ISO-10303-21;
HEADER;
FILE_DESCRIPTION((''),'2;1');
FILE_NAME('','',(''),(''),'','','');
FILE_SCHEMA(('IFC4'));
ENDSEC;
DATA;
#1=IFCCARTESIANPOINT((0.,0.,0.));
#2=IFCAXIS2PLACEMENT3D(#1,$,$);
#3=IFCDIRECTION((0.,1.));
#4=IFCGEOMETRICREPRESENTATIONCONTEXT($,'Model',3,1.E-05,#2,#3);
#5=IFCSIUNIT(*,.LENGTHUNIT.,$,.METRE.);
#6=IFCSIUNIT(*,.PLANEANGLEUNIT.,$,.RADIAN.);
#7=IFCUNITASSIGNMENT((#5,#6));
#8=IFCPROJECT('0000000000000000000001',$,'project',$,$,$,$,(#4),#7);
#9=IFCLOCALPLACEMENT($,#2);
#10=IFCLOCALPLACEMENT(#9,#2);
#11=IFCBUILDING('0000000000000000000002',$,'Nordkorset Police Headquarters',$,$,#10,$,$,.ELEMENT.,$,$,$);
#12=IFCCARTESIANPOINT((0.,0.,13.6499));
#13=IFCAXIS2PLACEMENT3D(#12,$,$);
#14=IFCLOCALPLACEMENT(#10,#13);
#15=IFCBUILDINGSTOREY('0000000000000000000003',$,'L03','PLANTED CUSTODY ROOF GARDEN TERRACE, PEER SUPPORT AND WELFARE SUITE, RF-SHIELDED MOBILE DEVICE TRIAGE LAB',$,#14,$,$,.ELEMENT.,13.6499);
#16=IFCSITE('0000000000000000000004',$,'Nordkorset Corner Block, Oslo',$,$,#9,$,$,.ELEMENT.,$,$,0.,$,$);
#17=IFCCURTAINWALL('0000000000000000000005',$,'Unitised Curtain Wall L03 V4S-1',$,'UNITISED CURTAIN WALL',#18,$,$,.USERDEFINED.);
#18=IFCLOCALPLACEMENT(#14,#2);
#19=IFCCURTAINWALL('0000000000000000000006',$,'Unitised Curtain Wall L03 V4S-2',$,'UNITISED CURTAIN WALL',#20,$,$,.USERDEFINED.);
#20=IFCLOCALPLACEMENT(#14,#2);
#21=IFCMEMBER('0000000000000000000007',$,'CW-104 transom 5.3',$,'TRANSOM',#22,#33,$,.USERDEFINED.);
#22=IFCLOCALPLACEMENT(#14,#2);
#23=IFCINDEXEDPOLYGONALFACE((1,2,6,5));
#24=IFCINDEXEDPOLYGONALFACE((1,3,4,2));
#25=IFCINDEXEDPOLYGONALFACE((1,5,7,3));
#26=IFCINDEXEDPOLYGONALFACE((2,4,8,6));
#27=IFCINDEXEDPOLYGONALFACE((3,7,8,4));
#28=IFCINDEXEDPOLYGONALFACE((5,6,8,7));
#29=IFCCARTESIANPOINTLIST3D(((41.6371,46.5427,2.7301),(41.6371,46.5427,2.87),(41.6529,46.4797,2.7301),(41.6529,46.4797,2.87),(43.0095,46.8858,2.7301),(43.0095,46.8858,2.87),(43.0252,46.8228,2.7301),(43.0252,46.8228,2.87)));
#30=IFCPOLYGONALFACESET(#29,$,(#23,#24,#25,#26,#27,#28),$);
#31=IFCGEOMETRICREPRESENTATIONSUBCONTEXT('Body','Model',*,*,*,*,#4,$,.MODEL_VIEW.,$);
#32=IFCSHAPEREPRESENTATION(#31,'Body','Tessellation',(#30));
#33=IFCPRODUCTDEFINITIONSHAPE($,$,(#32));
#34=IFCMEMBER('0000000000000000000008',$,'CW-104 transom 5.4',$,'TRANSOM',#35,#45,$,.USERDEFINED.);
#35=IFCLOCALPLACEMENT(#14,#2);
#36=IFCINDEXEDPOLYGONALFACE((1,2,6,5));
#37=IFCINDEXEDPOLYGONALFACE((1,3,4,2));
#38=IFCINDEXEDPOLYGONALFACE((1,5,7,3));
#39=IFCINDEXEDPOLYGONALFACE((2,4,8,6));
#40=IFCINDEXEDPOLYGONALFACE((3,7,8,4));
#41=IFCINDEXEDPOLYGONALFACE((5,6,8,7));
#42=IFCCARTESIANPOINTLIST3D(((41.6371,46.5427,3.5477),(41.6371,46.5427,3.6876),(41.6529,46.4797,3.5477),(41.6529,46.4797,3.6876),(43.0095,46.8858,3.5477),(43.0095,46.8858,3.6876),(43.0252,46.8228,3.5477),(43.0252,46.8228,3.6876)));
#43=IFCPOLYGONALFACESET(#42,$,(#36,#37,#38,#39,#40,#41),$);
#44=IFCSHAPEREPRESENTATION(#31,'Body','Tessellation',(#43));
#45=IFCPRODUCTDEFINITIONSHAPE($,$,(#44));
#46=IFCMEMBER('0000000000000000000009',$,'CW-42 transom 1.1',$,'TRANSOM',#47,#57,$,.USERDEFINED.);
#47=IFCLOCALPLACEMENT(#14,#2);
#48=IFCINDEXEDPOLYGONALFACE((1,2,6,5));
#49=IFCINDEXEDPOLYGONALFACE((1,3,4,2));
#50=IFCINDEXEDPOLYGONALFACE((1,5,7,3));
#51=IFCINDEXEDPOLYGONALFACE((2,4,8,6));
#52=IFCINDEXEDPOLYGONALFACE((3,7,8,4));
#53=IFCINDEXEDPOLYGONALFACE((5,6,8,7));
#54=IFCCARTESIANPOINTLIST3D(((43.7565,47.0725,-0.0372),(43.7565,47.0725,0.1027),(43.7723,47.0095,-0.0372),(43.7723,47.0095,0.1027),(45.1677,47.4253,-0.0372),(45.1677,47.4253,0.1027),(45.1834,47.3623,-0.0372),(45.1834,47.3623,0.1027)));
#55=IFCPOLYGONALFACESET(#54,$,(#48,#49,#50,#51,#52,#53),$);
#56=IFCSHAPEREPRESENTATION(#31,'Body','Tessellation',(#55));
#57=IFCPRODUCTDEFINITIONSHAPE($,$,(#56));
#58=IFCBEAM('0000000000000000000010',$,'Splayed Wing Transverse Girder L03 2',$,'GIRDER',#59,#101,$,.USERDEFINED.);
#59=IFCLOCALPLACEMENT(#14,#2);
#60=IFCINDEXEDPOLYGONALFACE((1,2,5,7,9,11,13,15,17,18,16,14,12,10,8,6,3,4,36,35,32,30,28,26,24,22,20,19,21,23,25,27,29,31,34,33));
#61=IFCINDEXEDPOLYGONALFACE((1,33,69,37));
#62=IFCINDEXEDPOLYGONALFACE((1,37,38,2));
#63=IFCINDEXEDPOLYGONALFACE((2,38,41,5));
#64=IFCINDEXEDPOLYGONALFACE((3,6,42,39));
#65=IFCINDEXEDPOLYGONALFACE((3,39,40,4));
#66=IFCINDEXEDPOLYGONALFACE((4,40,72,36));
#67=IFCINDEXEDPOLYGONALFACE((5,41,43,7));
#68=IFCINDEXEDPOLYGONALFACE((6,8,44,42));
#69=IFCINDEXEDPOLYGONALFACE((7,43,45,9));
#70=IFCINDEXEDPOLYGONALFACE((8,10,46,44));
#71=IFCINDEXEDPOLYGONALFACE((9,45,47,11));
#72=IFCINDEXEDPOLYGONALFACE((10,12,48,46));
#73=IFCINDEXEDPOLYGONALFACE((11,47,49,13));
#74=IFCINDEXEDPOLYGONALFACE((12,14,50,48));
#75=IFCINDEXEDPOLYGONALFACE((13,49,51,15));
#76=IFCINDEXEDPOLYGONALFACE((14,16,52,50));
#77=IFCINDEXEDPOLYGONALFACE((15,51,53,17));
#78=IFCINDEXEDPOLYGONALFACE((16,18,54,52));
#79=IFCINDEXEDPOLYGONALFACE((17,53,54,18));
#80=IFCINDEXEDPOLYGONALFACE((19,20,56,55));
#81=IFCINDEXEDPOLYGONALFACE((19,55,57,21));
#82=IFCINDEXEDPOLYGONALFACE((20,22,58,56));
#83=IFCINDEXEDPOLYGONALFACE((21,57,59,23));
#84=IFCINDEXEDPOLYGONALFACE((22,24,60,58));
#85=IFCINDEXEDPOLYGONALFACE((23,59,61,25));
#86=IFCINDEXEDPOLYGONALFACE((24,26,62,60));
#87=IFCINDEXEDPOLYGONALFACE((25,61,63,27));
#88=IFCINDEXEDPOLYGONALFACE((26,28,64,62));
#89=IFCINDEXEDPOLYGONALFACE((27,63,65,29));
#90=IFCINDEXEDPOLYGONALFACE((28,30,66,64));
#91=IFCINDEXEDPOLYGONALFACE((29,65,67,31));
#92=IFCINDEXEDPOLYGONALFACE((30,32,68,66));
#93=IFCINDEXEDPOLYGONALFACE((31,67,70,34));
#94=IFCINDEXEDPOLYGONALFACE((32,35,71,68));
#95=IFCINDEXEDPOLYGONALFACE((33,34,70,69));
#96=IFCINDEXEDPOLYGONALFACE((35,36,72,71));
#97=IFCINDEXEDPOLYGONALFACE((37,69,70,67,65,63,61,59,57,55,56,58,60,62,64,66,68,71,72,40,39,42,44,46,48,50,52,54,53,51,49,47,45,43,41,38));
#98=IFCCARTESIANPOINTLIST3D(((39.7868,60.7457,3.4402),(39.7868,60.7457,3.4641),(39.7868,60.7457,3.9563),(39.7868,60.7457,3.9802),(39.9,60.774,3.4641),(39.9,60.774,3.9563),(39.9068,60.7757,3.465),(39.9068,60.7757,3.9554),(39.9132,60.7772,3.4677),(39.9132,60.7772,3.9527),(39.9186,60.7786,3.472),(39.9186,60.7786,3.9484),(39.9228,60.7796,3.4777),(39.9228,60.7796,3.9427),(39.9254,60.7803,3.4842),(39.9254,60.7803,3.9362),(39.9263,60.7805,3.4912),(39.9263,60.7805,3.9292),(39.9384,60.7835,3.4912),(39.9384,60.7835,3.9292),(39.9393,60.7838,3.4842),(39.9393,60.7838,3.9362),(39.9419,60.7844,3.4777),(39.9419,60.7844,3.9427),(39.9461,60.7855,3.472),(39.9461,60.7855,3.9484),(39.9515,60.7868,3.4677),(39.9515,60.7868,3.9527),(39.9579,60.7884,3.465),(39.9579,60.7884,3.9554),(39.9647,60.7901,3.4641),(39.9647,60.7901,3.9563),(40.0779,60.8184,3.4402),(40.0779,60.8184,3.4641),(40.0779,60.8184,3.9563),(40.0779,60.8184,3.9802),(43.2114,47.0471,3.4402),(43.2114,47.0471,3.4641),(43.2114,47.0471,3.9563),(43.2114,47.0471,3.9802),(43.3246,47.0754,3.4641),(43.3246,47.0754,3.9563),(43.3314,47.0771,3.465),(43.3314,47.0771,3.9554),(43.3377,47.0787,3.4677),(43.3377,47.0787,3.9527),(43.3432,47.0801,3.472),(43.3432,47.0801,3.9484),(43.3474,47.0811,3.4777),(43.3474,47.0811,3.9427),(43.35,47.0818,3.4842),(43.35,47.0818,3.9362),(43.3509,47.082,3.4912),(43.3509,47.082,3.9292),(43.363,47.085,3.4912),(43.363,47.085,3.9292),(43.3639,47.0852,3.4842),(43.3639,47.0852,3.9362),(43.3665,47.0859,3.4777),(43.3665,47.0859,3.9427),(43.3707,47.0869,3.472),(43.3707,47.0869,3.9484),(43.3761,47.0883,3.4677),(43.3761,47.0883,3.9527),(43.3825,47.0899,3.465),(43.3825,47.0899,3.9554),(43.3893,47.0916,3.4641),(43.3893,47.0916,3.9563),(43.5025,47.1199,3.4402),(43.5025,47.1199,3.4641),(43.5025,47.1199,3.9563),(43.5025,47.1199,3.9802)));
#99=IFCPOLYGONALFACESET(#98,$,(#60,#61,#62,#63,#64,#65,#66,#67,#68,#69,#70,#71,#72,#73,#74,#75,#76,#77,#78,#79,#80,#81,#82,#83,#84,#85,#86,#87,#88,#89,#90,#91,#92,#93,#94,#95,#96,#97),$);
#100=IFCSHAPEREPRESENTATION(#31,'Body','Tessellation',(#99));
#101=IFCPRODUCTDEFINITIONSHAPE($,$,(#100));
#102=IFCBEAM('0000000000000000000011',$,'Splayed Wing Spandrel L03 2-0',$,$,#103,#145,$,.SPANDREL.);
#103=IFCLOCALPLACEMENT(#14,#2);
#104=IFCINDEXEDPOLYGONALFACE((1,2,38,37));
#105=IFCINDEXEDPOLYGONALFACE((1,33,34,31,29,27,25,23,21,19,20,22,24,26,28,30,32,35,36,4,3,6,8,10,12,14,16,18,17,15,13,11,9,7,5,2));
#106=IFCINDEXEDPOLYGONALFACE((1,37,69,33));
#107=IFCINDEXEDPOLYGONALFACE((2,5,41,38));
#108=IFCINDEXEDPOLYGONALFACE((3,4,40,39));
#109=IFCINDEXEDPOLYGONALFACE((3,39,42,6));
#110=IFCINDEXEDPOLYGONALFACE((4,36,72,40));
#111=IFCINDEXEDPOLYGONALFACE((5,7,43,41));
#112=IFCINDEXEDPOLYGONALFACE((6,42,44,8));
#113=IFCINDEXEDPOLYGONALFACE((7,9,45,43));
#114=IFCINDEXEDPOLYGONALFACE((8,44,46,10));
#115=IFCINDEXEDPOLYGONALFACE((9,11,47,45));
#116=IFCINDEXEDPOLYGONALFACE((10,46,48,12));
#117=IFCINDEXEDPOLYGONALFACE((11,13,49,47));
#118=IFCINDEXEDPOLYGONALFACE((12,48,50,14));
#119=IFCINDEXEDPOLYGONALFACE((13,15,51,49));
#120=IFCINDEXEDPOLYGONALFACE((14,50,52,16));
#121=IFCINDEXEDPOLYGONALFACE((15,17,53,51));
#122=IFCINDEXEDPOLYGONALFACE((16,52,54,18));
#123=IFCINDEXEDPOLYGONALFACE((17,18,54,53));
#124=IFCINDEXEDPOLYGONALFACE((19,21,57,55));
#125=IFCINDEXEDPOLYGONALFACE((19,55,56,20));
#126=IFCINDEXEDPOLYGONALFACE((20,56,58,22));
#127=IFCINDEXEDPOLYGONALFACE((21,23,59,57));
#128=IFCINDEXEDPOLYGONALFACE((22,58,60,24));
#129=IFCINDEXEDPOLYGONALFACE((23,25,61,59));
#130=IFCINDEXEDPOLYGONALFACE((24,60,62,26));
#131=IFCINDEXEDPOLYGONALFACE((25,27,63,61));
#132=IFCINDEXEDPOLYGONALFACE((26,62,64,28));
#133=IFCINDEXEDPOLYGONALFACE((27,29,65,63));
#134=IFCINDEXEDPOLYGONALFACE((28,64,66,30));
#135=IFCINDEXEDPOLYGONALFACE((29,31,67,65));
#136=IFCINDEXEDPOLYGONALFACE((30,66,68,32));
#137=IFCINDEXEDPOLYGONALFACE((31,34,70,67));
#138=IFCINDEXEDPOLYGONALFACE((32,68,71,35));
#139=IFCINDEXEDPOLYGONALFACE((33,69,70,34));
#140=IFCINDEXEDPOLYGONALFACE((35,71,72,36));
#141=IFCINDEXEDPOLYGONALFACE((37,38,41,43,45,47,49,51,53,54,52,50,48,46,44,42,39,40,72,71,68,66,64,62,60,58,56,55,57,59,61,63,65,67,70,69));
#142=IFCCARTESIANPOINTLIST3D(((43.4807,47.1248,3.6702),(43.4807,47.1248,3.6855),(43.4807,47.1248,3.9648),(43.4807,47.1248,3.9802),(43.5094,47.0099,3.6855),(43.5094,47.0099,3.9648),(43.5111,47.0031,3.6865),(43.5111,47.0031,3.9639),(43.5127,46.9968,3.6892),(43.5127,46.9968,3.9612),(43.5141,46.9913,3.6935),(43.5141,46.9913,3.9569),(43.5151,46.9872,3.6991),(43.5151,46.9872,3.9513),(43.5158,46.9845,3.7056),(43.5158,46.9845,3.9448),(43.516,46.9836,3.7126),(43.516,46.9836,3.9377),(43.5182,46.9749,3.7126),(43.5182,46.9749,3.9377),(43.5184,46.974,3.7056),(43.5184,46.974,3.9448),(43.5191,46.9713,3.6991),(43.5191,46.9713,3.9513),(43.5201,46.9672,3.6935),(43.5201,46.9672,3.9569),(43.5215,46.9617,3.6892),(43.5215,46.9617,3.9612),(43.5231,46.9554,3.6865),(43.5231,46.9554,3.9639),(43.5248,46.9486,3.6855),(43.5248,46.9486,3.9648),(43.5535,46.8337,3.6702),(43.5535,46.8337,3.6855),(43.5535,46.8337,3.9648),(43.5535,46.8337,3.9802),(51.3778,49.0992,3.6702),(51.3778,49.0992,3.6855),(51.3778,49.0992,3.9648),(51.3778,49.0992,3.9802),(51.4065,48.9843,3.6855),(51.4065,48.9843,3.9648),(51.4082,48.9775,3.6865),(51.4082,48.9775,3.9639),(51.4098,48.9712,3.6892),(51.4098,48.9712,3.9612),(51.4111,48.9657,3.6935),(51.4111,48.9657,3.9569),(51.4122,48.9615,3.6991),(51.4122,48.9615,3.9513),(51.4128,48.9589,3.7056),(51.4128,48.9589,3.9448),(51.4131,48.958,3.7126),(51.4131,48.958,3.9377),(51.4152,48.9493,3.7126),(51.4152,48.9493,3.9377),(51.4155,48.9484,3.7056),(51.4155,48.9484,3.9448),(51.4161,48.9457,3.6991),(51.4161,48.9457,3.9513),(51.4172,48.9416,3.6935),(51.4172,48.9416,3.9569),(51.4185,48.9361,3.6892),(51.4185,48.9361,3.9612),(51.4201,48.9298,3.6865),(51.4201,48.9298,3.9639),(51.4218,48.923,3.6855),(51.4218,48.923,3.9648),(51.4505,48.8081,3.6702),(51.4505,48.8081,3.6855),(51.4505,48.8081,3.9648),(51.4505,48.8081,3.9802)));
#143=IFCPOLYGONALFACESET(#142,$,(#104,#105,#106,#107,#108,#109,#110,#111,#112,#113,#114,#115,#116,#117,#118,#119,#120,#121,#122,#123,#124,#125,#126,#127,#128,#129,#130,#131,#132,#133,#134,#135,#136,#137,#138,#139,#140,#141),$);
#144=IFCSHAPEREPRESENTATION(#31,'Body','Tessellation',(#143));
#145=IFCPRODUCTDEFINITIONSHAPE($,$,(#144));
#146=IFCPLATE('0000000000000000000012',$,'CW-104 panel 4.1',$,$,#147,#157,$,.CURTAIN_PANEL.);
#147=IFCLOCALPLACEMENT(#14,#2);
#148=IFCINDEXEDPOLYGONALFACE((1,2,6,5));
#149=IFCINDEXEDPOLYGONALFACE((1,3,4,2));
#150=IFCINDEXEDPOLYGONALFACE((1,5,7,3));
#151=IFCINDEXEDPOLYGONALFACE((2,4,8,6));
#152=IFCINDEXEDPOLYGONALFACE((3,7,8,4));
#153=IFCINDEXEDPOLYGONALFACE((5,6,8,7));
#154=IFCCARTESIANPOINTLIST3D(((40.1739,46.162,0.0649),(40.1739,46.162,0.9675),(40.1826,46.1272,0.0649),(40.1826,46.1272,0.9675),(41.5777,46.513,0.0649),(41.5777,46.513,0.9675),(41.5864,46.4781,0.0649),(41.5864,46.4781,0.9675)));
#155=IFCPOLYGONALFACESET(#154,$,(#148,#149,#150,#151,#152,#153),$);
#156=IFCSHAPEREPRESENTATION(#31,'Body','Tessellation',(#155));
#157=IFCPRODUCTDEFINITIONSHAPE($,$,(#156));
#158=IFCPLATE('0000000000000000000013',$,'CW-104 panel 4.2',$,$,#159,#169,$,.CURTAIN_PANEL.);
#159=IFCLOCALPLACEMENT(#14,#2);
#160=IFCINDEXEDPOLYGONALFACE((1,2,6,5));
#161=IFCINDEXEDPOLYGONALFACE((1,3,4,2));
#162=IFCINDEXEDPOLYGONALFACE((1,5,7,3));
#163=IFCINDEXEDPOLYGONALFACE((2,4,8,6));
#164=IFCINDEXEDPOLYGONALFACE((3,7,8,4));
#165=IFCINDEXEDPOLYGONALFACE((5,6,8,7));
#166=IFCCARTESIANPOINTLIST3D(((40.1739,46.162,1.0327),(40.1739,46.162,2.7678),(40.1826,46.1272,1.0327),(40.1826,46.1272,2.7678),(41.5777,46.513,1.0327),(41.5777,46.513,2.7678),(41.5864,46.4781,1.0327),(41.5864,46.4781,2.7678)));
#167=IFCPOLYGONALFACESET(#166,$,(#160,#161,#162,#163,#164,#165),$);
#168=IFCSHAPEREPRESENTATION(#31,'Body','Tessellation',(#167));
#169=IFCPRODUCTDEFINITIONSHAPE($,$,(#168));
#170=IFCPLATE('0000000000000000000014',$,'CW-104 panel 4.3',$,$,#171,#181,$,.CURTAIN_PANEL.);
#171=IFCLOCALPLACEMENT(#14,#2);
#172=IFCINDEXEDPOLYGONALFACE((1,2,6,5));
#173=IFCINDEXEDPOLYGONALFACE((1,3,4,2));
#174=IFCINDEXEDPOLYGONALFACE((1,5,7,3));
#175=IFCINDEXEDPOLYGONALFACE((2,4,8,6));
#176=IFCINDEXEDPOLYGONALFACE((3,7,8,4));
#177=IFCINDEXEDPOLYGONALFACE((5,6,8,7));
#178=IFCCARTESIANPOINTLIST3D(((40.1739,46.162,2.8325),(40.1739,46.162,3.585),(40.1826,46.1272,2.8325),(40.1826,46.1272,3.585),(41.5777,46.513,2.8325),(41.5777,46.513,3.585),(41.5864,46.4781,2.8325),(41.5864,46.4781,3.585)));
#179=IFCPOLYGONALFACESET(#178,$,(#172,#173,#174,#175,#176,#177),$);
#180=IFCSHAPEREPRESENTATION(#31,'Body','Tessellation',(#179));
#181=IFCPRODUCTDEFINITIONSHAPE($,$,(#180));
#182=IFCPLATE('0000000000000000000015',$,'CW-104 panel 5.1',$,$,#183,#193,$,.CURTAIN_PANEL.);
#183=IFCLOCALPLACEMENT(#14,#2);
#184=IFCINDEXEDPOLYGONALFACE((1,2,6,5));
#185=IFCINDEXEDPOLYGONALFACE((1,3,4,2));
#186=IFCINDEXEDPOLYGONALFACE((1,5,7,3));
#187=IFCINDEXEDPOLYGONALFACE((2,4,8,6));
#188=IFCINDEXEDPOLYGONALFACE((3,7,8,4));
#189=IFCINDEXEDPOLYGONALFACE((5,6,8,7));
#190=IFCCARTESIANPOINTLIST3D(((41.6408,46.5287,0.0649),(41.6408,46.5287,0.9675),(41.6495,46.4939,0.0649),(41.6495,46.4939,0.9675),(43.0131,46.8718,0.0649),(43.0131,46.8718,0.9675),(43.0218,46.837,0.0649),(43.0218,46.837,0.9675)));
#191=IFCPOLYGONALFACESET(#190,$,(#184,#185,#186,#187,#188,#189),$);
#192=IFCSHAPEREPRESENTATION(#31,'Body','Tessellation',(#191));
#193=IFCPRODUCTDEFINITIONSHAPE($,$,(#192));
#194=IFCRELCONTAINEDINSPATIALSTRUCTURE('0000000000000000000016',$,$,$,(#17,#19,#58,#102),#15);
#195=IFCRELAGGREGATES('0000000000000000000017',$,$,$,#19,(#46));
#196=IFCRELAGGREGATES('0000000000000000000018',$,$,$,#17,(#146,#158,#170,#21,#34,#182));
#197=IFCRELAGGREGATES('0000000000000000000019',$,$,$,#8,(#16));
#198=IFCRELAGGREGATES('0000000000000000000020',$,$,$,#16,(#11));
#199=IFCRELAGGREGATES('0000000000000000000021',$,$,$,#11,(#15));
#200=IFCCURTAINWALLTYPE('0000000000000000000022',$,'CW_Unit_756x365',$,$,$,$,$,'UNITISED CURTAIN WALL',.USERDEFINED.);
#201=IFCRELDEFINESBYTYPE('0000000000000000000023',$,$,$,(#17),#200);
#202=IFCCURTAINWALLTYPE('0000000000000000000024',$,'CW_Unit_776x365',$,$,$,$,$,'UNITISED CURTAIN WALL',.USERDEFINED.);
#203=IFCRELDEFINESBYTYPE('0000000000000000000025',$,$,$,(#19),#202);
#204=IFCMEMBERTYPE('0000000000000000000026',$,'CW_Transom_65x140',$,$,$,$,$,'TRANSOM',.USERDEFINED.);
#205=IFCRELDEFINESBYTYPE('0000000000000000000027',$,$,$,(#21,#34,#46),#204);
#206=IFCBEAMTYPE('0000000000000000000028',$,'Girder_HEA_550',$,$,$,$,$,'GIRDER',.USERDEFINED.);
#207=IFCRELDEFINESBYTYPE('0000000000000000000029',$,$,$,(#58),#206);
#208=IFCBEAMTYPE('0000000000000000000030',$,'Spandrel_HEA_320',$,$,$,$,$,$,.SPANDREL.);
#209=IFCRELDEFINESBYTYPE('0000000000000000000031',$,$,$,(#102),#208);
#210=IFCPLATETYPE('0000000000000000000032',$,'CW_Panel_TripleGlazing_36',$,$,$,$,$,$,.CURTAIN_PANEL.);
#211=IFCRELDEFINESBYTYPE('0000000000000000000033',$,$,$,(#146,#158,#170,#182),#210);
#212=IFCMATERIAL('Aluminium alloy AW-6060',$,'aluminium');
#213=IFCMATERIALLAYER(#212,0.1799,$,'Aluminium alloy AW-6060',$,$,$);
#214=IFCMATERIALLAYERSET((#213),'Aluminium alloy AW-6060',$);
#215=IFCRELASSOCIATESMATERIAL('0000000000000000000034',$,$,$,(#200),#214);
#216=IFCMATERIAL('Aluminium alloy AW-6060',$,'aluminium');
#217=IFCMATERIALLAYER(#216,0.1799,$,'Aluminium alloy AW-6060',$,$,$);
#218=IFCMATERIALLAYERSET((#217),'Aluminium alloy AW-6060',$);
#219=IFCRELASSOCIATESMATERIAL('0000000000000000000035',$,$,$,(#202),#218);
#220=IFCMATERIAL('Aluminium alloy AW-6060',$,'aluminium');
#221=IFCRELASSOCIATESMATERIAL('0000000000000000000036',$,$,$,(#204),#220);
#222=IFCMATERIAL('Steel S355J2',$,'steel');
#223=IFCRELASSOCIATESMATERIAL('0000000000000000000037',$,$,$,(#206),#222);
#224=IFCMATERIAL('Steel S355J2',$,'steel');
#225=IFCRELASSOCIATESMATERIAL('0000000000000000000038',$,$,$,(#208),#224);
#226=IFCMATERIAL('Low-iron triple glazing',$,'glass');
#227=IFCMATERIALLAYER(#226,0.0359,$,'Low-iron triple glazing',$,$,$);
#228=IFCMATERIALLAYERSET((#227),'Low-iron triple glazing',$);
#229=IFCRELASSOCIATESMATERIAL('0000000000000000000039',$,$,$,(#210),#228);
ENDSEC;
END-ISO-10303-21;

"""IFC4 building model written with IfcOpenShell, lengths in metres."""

from ifc_helpers import new_model, si_unit, direction, frame, origin, origin_2d, place, context, subcontext, project, spatial, rectangle, i_section, extrude, material, layer, layer_set, material_profile, profile_set, type_object, element, aggregate, save


model = new_model("IFC4")

# Units and contexts
model_context = context("Model", 3, precision=1e-05, world=origin(), true_north=direction((0.0, 1.0)))
body_context = subcontext(model_context, "Body", "Model", "MODEL_VIEW")
ifc_project = project(units=[si_unit("LENGTHUNIT", "METRE"), si_unit("PLANEANGLEUNIT", "RADIAN")], contexts=[model_context])

# Site, building, storey
site_placement = place(None, origin())
site = spatial("IfcSite", under=ifc_project, at=site_placement, Name="Nordkorset Corner Block, Oslo", CompositionType="ELEMENT", RefElevation=0.0)
building_placement = place(site_placement, origin())
building = spatial("IfcBuilding", under=site, at=building_placement, Name="Nordkorset Police Headquarters", CompositionType="ELEMENT")
storey_placement = place(building_placement, frame((0.0, 0.0, 13.6499)))
storey = spatial("IfcBuildingStorey", under=building, at=storey_placement, Name="L03", Description="PLANTED CUSTODY ROOF GARDEN TERRACE, PEER SUPPORT AND WELFARE SUITE, RF-SHIELDED MOBILE DEVICE TRIAGE LAB", CompositionType="ELEMENT", Elevation=13.6499)

# Curtain wall
ifc_material_1 = material(Name="Aluminium alloy AW-6060", Category="aluminium")
ifc_layer_1 = layer(ifc_material_1, 0.1799, Name="Aluminium alloy AW-6060")
ifc_layer_set_1 = layer_set([ifc_layer_1], Name="Aluminium alloy AW-6060")
curtain_wall_type_1 = type_object("IfcCurtainWallType", Name="CW_Unit_756x365", ElementType="UNITISED CURTAIN WALL", PredefinedType="USERDEFINED", material=ifc_layer_set_1)
curtain_wall_1_placement = place(storey_placement, origin())
curtain_wall_1 = element("IfcCurtainWall", 1, at=curtain_wall_1_placement, inside=storey, type_object=curtain_wall_type_1, Name="Unitised Curtain Wall L03 V4S-1", ObjectType="UNITISED CURTAIN WALL", PredefinedType="USERDEFINED")

# Curtain wall
ifc_material_2 = material(Name="Aluminium alloy AW-6060", Category="aluminium")
ifc_layer_2 = layer(ifc_material_2, 0.1799, Name="Aluminium alloy AW-6060")
ifc_layer_set_2 = layer_set([ifc_layer_2], Name="Aluminium alloy AW-6060")
curtain_wall_type_2 = type_object("IfcCurtainWallType", Name="CW_Unit_776x365", ElementType="UNITISED CURTAIN WALL", PredefinedType="USERDEFINED", material=ifc_layer_set_2)
curtain_wall_2_placement = place(storey_placement, origin())
curtain_wall_2 = element("IfcCurtainWall", 2, at=curtain_wall_2_placement, inside=storey, type_object=curtain_wall_type_2, Name="Unitised Curtain Wall L03 V4S-2", ObjectType="UNITISED CURTAIN WALL", PredefinedType="USERDEFINED")

# Members
ifc_material_3 = material(Name="Aluminium alloy AW-6060", Category="aluminium")
ifc_material_profile_1 = material_profile(ifc_material_3, rectangle(XDim=0.0649, YDim=0.1399, at=origin_2d()), Name="ALU TRAN 65x140")
ifc_profile_set_1 = profile_set([ifc_material_profile_1], Name="Aluminium alloy AW-6060")
member_type_1 = type_object("IfcMemberType", Name="CW_Transom_65x140", ElementType="TRANSOM", PredefinedType="USERDEFINED", material=ifc_profile_set_1)
member_1_placement = place(storey_placement, frame((41.645, 46.5112, 2.8), z_axis=(0.970153, 0.242495, 0.0), x_axis=(-0.242495, 0.970153, 0.0)))
member_1 = element("IfcMember", 3, at=member_1_placement, type_object=member_type_1, Name="CW-104 transom 5.3", ObjectType="TRANSOM", PredefinedType="USERDEFINED", context=body_context, shape_type="SweptSolid", body=[
    extrude(rectangle(XDim=0.0649, YDim=0.1399, at=origin_2d()), origin(), (0.0, 0.0, 1.0), 1.4146),
])
member_2_placement = place(storey_placement, frame((41.645, 46.5112, 3.6177), z_axis=(0.970153, 0.242495, 0.0), x_axis=(-0.242495, 0.970153, 0.0)))
member_2 = element("IfcMember", 4, at=member_2_placement, type_object=member_type_1, Name="CW-104 transom 5.4", ObjectType="TRANSOM", PredefinedType="USERDEFINED", context=body_context, shape_type="SweptSolid", body=[
    extrude(rectangle(XDim=0.0649, YDim=0.1399, at=origin_2d()), origin(), (0.0, 0.0, 1.0), 1.4146),
])
member_3_placement = place(storey_placement, frame((43.7644, 47.041, 0.0327), z_axis=(0.970143, 0.242536, 0.0), x_axis=(-0.242536, 0.970143, 0.0)))
member_3 = element("IfcMember", 5, at=member_3_placement, type_object=member_type_1, Name="CW-42 transom 1.1", ObjectType="TRANSOM", PredefinedType="USERDEFINED", context=body_context, shape_type="SweptSolid", body=[
    extrude(rectangle(XDim=0.0649, YDim=0.1399, at=origin_2d()), origin(), (0.0, 0.0, 1.0), 1.4546),
])
aggregate(curtain_wall_2, [member_3])

# Beams
ifc_material_4 = material(Name="Steel S355J2", Category="steel")
ifc_material_profile_2 = material_profile(ifc_material_4, i_section(OverallWidth=0.3, OverallDepth=0.54, WebThickness=0.0125, FlangeThickness=0.0239, FilletRadius=0.0271, at=origin_2d()), Name="HEA 550")
ifc_profile_set_2 = profile_set([ifc_material_profile_2], Name="Steel S355J2")
beam_type_1 = type_object("IfcBeamType", Name="Girder_HEA_550", ElementType="GIRDER", PredefinedType="USERDEFINED", material=ifc_profile_set_2)
beam_1_placement = place(storey_placement, frame((43.3569, 47.0835, 3.7102), z_axis=(-0.242532, 0.970144, 0.0), x_axis=(-0.970144, -0.242532, 0.0)))
element("IfcBeam", 6, at=beam_1_placement, inside=storey, type_object=beam_type_1, Name="Splayed Wing Transverse Girder L03 2", ObjectType="GIRDER", PredefinedType="USERDEFINED", context=body_context, shape_type="SweptSolid", body=[
    extrude(i_section(OverallWidth=0.3, OverallDepth=0.54, WebThickness=0.0125, FlangeThickness=0.0239, FilletRadius=0.0271, at=origin_2d()), origin(), (0.0, 0.0, 1.0), 14.1201),
])
ifc_material_5 = material(Name="Steel S355J2", Category="steel")
ifc_material_profile_3 = material_profile(ifc_material_5, i_section(OverallWidth=0.3, OverallDepth=0.3101, WebThickness=0.009, FlangeThickness=0.0154, FilletRadius=0.0271, at=origin_2d()), Name="HEA 320")
ifc_profile_set_3 = profile_set([ifc_material_profile_3], Name="Steel S355J2")
beam_type_2 = type_object("IfcBeamType", Name="Spandrel_HEA_320", PredefinedType="SPANDREL", material=ifc_profile_set_3)
beam_2_placement = place(storey_placement, frame((43.5171, 46.9792, 3.8252), z_axis=(0.970139, 0.24255, 0.0), x_axis=(-0.24255, 0.970139, 0.0)))
element("IfcBeam", 7, at=beam_2_placement, inside=storey, type_object=beam_type_2, Name="Splayed Wing Spandrel L03 2-0", PredefinedType="SPANDREL", context=body_context, shape_type="SweptSolid", body=[
    extrude(i_section(OverallWidth=0.3, OverallDepth=0.3101, WebThickness=0.009, FlangeThickness=0.0154, FilletRadius=0.0271, at=origin_2d()), origin(), (0.0, 0.0, 1.0), 8.1401),
])

# Plates
ifc_material_6 = material(Name="Low-iron triple glazing", Category="glass")
ifc_layer_3 = layer(ifc_material_6, 0.0359, Name="Low-iron triple glazing")
ifc_layer_set_3 = layer_set([ifc_layer_3], Name="Low-iron triple glazing")
plate_type = type_object("IfcPlateType", Name="CW_Panel_TripleGlazing_36", PredefinedType="CURTAIN_PANEL", material=ifc_layer_set_3)
plate_1_placement = place(storey_placement, frame((40.8801, 46.3201, 0.0649), z_axis=(0.0, 0.0, 1.0), x_axis=(0.970143, 0.242536, 0.0)))
plate_1 = element("IfcPlate", 8, at=plate_1_placement, type_object=plate_type, Name="CW-104 panel 4.1", PredefinedType="CURTAIN_PANEL", context=body_context, shape_type="SweptSolid", body=[
    extrude(rectangle(XDim=1.447, YDim=0.0359, at=origin_2d()), origin(), (0.0, 0.0, 1.0), 0.9026),
])
plate_2_placement = place(storey_placement, frame((40.8801, 46.3201, 1.0327), z_axis=(0.0, 0.0, 1.0), x_axis=(0.970143, 0.242536, 0.0)))
plate_2 = element("IfcPlate", 9, at=plate_2_placement, type_object=plate_type, Name="CW-104 panel 4.2", PredefinedType="CURTAIN_PANEL", context=body_context, shape_type="SweptSolid", body=[
    extrude(rectangle(XDim=1.447, YDim=0.0359, at=origin_2d()), origin(), (0.0, 0.0, 1.0), 1.7351),
])
plate_3_placement = place(storey_placement, frame((40.8801, 46.3201, 2.8325), z_axis=(0.0, 0.0, 1.0), x_axis=(0.970143, 0.242536, 0.0)))
plate_3 = element("IfcPlate", 10, at=plate_3_placement, type_object=plate_type, Name="CW-104 panel 4.3", PredefinedType="CURTAIN_PANEL", context=body_context, shape_type="SweptSolid", body=[
    extrude(rectangle(XDim=1.447, YDim=0.0359, at=origin_2d()), origin(), (0.0, 0.0, 1.0), 0.7524),
])
plate_4_placement = place(storey_placement, frame((42.3313, 46.6829, 0.0649), z_axis=(0.0, 0.0, 1.0), x_axis=(0.970143, 0.242536, 0.0)))
plate_4 = element("IfcPlate", 11, at=plate_4_placement, type_object=plate_type, Name="CW-104 panel 5.1", PredefinedType="CURTAIN_PANEL", context=body_context, shape_type="SweptSolid", body=[
    extrude(rectangle(XDim=1.4146, YDim=0.0359, at=origin_2d()), origin(), (0.0, 0.0, 1.0), 0.9026),
])
aggregate(curtain_wall_1, [plate_1, plate_2, plate_3, member_1, member_2, plate_4])

save(model, "model.ifc")
